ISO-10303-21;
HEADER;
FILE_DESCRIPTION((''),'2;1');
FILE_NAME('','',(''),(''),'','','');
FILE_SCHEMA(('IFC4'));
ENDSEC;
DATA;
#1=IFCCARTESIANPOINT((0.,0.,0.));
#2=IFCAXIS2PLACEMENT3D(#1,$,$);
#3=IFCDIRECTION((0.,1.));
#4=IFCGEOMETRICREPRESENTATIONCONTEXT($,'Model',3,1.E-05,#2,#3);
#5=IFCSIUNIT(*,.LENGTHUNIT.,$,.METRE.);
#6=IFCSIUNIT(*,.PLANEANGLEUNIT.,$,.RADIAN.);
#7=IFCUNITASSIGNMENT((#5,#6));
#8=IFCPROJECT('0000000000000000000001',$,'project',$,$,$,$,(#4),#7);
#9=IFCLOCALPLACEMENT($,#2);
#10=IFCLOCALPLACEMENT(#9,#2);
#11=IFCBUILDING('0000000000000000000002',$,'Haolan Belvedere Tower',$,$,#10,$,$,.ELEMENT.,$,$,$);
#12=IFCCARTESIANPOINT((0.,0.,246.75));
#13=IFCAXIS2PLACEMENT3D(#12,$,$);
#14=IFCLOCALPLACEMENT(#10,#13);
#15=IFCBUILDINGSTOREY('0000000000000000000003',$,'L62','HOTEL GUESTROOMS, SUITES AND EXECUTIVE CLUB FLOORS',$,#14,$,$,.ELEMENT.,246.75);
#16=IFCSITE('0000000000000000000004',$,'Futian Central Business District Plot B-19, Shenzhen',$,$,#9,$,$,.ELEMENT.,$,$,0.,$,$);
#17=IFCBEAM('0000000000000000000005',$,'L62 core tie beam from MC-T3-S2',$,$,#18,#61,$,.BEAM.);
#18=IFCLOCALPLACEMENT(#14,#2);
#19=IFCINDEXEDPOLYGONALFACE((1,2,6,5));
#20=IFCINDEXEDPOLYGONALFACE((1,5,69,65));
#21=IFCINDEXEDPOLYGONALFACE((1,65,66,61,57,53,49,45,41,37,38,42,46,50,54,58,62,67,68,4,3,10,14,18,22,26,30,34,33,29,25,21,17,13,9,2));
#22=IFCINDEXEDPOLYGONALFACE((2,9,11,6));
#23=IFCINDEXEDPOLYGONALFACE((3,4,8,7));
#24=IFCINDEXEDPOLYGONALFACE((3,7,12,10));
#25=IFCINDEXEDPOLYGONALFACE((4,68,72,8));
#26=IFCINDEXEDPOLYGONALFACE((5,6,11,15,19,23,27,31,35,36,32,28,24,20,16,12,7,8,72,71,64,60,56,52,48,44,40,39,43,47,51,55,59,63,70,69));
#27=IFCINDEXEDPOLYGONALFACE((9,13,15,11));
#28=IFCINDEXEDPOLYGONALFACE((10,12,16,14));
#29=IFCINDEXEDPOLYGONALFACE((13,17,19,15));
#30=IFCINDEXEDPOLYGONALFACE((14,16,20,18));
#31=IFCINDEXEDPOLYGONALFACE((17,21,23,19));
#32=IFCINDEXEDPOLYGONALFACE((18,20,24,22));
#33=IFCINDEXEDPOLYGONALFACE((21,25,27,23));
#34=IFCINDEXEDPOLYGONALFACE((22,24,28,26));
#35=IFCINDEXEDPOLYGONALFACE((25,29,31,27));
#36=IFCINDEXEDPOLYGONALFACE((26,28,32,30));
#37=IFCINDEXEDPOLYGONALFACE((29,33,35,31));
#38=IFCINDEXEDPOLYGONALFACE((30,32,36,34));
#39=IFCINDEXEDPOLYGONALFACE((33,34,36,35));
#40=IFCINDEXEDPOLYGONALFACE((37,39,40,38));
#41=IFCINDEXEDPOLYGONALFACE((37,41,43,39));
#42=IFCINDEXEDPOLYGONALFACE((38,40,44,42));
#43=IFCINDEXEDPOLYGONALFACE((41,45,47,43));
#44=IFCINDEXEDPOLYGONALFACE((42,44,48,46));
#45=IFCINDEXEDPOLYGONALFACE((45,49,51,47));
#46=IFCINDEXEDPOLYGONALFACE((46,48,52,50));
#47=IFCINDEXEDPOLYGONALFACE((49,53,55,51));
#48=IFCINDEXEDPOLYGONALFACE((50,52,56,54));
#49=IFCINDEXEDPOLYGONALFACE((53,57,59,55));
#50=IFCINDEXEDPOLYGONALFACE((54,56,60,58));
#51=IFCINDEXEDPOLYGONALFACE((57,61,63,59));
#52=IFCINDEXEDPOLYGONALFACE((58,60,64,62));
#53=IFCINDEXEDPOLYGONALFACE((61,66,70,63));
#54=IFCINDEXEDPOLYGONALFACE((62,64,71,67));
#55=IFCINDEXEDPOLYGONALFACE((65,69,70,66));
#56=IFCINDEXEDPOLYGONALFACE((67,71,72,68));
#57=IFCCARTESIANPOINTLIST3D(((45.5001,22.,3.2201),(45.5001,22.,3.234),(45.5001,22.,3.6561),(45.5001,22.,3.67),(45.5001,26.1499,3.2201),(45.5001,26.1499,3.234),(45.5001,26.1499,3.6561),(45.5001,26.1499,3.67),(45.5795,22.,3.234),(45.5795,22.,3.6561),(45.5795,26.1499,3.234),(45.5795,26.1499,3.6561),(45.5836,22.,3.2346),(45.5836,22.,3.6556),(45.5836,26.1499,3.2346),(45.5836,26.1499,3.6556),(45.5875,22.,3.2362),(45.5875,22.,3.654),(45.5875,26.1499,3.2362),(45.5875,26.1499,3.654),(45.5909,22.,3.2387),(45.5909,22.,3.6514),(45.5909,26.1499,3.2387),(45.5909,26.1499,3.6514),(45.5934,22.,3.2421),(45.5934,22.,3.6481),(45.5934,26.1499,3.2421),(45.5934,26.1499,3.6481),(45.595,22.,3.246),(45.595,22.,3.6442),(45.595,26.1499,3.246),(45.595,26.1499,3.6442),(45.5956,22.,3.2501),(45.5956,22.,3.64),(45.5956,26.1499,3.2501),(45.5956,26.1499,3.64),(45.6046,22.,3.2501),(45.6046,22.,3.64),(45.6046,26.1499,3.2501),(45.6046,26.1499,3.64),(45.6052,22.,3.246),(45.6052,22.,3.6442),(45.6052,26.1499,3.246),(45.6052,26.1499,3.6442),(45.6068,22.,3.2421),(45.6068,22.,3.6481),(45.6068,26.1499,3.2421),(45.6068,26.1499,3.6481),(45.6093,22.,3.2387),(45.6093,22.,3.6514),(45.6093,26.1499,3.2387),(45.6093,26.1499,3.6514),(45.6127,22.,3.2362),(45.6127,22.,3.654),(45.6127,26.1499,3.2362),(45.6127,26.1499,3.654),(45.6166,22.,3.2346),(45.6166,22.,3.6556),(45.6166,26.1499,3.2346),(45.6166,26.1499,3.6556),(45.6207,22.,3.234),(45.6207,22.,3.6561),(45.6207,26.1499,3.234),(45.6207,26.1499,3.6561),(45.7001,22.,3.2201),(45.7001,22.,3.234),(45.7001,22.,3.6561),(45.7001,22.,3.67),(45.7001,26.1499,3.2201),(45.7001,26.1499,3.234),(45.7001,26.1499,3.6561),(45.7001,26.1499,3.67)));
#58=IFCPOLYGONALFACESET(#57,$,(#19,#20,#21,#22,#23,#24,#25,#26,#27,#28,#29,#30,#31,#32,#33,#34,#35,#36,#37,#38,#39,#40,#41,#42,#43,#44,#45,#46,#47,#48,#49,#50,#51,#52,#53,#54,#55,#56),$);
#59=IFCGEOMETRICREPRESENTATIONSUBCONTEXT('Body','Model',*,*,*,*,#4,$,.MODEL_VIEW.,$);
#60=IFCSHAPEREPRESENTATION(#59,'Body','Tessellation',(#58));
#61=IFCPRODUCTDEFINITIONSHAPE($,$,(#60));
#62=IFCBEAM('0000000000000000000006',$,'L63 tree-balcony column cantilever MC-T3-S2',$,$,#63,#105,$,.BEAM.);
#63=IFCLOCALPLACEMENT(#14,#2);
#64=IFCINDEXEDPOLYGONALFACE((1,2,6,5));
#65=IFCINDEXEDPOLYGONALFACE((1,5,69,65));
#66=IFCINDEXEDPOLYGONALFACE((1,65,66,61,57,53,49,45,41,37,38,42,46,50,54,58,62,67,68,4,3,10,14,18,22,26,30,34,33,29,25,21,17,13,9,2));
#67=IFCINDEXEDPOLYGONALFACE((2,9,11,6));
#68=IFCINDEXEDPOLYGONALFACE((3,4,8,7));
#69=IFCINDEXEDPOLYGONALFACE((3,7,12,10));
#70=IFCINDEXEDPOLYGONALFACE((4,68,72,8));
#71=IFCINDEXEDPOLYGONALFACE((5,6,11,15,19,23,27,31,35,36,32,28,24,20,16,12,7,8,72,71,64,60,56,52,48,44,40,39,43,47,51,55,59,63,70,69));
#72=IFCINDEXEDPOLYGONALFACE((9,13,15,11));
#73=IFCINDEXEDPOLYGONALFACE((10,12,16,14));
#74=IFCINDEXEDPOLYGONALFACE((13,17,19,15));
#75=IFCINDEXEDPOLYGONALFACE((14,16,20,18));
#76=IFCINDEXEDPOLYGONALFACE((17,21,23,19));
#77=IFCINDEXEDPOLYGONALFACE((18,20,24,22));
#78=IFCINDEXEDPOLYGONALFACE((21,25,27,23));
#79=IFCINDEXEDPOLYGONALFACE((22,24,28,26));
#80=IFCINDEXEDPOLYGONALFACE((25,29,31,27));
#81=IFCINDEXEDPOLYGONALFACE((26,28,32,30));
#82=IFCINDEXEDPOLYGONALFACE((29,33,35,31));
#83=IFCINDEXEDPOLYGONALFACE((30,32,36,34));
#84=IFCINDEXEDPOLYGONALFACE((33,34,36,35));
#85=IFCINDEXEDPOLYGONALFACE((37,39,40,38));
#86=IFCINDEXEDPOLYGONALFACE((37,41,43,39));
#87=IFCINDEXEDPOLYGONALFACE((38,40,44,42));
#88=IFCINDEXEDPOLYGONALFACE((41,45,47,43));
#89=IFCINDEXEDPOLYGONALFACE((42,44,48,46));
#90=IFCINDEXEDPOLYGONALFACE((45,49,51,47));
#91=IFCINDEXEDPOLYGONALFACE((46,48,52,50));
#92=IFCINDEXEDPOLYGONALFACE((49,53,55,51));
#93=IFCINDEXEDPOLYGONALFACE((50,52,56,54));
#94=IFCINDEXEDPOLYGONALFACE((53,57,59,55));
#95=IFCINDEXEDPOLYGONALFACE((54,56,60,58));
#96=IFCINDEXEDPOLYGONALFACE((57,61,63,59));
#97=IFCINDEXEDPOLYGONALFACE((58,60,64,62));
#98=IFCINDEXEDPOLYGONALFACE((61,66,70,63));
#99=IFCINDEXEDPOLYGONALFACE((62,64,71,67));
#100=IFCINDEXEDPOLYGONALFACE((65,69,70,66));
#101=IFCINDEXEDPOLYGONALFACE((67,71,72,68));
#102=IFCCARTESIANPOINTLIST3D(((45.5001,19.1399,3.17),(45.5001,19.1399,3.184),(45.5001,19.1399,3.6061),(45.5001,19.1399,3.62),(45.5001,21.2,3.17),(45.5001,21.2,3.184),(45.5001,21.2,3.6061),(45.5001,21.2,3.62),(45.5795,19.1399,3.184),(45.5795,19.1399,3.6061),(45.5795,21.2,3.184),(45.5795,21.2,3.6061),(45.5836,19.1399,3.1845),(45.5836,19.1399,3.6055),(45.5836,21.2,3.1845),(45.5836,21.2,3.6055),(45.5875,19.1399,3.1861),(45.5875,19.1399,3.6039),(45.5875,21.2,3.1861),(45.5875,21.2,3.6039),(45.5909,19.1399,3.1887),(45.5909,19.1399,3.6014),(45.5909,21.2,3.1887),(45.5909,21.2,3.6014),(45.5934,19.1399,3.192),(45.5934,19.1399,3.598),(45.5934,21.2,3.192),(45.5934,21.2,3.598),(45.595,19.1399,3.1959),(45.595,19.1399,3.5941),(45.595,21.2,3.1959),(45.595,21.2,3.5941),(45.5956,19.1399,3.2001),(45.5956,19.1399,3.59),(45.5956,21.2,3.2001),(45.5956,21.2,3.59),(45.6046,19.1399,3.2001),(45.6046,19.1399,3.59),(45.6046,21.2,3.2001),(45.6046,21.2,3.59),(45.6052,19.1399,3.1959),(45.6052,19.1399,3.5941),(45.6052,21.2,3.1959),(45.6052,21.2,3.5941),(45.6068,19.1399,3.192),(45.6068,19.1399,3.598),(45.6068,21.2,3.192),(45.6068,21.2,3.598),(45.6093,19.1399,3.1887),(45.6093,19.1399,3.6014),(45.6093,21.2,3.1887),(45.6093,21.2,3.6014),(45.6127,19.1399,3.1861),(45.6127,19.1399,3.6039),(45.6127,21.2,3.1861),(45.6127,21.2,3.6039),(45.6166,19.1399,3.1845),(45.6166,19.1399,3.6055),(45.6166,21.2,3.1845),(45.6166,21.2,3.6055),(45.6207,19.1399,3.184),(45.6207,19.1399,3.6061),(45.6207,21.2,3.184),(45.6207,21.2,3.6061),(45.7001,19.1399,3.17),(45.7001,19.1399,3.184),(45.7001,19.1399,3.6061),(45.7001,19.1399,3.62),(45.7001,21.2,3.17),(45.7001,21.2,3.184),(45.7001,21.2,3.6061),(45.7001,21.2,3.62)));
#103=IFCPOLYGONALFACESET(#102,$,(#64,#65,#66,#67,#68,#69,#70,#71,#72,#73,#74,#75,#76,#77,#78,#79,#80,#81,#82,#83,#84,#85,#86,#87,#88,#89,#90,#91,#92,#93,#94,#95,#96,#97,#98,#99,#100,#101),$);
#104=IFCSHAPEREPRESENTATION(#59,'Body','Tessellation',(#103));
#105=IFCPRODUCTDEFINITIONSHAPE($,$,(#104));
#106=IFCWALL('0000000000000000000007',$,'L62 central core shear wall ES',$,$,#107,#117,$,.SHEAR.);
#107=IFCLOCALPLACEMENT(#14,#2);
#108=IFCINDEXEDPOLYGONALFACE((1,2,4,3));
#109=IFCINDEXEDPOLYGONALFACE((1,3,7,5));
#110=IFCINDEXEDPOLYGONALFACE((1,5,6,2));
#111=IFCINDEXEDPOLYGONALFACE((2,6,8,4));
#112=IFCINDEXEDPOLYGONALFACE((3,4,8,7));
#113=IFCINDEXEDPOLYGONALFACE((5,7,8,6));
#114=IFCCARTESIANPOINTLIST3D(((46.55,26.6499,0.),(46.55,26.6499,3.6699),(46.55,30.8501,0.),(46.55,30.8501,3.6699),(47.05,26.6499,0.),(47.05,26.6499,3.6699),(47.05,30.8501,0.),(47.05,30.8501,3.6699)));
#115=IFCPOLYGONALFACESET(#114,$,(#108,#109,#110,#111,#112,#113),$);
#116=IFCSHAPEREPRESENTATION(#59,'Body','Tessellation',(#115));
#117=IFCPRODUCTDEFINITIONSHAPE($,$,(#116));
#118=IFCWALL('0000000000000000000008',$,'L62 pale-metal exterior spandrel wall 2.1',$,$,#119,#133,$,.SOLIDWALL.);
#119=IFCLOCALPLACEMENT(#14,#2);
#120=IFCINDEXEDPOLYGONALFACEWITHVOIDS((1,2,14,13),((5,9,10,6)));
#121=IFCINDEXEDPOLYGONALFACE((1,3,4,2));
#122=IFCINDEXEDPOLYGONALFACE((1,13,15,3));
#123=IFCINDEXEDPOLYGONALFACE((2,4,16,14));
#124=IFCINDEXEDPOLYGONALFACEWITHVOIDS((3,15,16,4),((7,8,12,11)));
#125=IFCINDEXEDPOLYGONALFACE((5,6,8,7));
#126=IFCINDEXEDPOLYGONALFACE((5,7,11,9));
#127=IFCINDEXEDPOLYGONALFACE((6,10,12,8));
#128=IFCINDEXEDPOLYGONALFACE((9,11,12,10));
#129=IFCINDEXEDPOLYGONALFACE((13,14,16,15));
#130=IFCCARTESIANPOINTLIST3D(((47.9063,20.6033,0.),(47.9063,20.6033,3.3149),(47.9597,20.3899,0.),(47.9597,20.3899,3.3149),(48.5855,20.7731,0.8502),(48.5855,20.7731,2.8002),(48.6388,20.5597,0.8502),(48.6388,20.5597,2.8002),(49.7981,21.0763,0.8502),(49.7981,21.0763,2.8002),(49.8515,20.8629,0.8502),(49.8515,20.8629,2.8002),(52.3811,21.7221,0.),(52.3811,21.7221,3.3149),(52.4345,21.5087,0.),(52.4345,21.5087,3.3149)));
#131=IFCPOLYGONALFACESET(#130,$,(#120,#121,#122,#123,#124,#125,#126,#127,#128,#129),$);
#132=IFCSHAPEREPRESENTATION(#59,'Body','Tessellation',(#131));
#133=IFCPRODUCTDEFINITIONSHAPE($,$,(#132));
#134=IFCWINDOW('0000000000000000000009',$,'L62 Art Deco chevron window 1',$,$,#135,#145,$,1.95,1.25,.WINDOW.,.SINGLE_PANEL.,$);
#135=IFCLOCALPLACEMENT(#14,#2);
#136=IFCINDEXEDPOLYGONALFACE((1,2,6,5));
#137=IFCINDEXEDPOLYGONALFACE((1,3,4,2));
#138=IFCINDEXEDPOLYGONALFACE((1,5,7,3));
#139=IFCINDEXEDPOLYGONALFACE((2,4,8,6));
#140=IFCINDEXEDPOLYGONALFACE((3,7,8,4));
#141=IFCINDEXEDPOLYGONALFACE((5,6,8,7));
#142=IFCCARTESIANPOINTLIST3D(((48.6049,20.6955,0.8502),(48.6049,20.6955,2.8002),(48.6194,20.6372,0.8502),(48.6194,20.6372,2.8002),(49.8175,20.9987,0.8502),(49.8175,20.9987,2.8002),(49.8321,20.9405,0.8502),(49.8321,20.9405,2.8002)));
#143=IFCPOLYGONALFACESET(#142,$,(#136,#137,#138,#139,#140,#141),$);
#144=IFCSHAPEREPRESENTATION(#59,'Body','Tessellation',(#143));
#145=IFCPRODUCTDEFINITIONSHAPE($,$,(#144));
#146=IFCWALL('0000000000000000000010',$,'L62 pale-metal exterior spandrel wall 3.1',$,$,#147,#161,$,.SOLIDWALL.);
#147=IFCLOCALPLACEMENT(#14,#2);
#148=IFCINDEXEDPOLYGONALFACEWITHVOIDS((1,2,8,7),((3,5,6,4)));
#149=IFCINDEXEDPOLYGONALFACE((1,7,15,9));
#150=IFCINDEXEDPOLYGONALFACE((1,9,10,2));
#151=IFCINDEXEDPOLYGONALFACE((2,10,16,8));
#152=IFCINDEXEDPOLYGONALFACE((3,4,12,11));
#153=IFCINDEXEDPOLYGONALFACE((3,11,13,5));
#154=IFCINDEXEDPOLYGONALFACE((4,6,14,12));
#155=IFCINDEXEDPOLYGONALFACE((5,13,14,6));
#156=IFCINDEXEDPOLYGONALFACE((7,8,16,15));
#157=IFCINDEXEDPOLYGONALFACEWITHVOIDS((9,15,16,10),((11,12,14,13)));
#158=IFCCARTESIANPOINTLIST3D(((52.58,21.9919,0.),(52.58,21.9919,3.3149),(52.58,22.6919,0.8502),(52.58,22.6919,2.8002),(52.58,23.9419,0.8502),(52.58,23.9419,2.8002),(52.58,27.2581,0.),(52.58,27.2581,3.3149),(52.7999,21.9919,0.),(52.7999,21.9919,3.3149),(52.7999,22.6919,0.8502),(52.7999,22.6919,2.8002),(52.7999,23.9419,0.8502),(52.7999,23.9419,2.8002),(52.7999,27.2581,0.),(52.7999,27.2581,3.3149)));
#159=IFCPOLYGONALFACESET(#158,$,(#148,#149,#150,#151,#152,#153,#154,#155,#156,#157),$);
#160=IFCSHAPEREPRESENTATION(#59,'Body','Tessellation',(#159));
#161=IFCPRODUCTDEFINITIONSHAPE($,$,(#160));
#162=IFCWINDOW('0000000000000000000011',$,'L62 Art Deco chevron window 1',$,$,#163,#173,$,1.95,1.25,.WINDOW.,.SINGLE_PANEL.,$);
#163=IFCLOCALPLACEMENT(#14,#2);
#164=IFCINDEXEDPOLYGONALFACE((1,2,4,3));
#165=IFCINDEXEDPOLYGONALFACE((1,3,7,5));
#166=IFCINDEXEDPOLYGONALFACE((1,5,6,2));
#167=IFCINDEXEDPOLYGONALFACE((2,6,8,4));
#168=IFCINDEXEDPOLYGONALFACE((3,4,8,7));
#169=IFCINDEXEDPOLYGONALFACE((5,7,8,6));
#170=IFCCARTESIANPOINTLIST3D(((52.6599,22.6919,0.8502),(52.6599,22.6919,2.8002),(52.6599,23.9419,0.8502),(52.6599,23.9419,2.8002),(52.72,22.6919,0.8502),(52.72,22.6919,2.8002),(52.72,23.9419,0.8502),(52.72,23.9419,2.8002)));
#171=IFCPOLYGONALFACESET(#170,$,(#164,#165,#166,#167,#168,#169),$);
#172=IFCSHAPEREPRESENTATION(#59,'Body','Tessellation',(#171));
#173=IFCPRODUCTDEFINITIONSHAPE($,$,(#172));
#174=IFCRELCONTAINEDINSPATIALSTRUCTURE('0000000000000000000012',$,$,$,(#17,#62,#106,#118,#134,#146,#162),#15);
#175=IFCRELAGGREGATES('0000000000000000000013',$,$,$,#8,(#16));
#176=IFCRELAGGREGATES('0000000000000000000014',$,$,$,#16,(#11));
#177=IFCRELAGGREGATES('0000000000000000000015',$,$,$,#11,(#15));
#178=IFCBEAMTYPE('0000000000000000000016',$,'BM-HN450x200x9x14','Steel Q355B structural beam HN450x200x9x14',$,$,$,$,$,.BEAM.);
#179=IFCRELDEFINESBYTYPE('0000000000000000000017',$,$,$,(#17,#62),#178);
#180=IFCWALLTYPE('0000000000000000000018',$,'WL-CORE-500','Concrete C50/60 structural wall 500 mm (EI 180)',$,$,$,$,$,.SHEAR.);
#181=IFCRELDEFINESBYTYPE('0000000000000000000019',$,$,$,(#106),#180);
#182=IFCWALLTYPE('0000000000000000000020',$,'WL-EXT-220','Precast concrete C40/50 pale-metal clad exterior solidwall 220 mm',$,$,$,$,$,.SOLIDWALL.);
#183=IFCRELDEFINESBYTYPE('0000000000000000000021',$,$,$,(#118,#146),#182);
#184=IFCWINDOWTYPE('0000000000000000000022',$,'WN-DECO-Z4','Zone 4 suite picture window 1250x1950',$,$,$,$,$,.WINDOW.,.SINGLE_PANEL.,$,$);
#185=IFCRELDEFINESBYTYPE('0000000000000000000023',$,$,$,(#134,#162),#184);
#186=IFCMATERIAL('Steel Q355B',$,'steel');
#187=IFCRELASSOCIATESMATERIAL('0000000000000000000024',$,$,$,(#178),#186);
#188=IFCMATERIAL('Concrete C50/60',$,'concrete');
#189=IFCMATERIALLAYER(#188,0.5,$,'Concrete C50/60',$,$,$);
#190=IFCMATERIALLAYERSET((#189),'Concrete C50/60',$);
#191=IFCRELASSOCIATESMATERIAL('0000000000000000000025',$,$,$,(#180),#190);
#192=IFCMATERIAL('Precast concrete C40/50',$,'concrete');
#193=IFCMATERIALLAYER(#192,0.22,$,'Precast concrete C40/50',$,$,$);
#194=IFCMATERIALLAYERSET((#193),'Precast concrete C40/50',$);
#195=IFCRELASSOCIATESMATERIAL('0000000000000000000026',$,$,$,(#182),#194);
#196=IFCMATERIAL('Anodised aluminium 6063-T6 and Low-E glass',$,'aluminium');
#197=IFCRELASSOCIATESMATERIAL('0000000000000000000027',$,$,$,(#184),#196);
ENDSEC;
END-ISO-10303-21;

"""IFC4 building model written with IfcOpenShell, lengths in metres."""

from ifc_helpers import new_model, si_unit, direction, frame, frame_2d, origin, origin_2d, place, context, subcontext, project, spatial, rectangle, i_section, extrude, material, layer, layer_set, material_profile, profile_set, type_object, element, fill, save


model = new_model("IFC4")

# Units and contexts
model_context = context("Model", 3, precision=1e-05, world=origin(), true_north=direction((0.0, 1.0)))
body_context = subcontext(model_context, "Body", "Model", "MODEL_VIEW")
ifc_project = project(units=[si_unit("LENGTHUNIT", "METRE"), si_unit("PLANEANGLEUNIT", "RADIAN")], contexts=[model_context])

# Site, building, storey
site_placement = place(None, origin())
site = spatial("IfcSite", under=ifc_project, at=site_placement, Name="Futian Central Business District Plot B-19, Shenzhen", CompositionType="ELEMENT", RefElevation=0.0)
building_placement = place(site_placement, origin())
building = spatial("IfcBuilding", under=site, at=building_placement, Name="Haolan Belvedere Tower", CompositionType="ELEMENT")
storey_placement = place(building_placement, frame((0.0, 0.0, 246.75)))
storey = spatial("IfcBuildingStorey", under=building, at=storey_placement, Name="L62", Description="HOTEL GUESTROOMS, SUITES AND EXECUTIVE CLUB FLOORS", CompositionType="ELEMENT", Elevation=246.75)

# Beams
ifc_material_1 = material(Name="Steel Q355B", Category="steel")
ifc_material_profile_1 = material_profile(ifc_material_1, i_section(OverallWidth=0.2, OverallDepth=0.45, WebThickness=0.009, FlangeThickness=0.0139, FilletRadius=0.0161, at=origin_2d()), Name="Steel Q355B")
ifc_profile_set_1 = profile_set([ifc_material_profile_1], Name="Steel Q355B")
beam_type_1 = type_object("IfcBeamType", Name="BM-HN450x200x9x14", Description="Steel Q355B structural beam HN450x200x9x14", PredefinedType="BEAM", material=ifc_profile_set_1)
beam_1_placement = place(storey_placement, frame((45.6001, 22.0, 3.4451), z_axis=(0.0, 1.0, 0.0), x_axis=(-1.0, 0.0, 0.0)))
element("IfcBeam", 1, at=beam_1_placement, inside=storey, type_object=beam_type_1, Name="L62 core tie beam from MC-T3-S2", PredefinedType="BEAM", context=body_context, shape_type="SweptSolid", body=[
    extrude(i_section(OverallWidth=0.2, OverallDepth=0.45, WebThickness=0.009, FlangeThickness=0.0139, FilletRadius=0.0161, at=origin_2d()), origin(), (0.0, 0.0, 1.0), 4.1499),
])
beam_2_placement = place(storey_placement, frame((45.6001, 21.2, 3.395), z_axis=(0.0, -1.0, 0.0), x_axis=(1.0, 0.0, 0.0)))
element("IfcBeam", 2, at=beam_2_placement, inside=storey, type_object=beam_type_1, Name="L63 tree-balcony column cantilever MC-T3-S2", PredefinedType="BEAM", context=body_context, shape_type="SweptSolid", body=[
    extrude(i_section(OverallWidth=0.2, OverallDepth=0.45, WebThickness=0.009, FlangeThickness=0.0139, FilletRadius=0.0161, at=origin_2d()), origin(), (0.0, 0.0, 1.0), 2.0601),
])

# Wall
ifc_material_2 = material(Name="Concrete C50/60", Category="concrete")
ifc_layer_1 = layer(ifc_material_2, 0.5, Name="Concrete C50/60")
ifc_layer_set_1 = layer_set([ifc_layer_1], Name="Concrete C50/60")
wall_type_1 = type_object("IfcWallType", Name="WL-CORE-500", Description="Concrete C50/60 structural wall 500 mm (EI 180)", PredefinedType="SHEAR", material=ifc_layer_set_1)
wall_1_placement = place(storey_placement, frame((46.8, 26.6499, 0.0), z_axis=(0.0, 0.0, 1.0), x_axis=(0.0, 1.0, 0.0)))
element("IfcWall", 3, at=wall_1_placement, inside=storey, type_object=wall_type_1, Name="L62 central core shear wall ES", PredefinedType="SHEAR", context=body_context, shape_type="SweptSolid", body=[
    extrude(rectangle(XDim=4.2002, YDim=0.5, at=frame_2d((2.1001, 0.0))), origin(), (0.0, 0.0, 1.0), 3.6699),
])

# Walls, openings, windows
ifc_material_3 = material(Name="Precast concrete C40/50", Category="concrete")
ifc_layer_2 = layer(ifc_material_3, 0.22, Name="Precast concrete C40/50")
ifc_layer_set_2 = layer_set([ifc_layer_2], Name="Precast concrete C40/50")
wall_type_2 = type_object("IfcWallType", Name="WL-EXT-220", Description="Precast concrete C40/50 pale-metal clad exterior solidwall 220 mm", PredefinedType="SOLIDWALL", material=ifc_layer_set_2)
wall_2_placement = place(storey_placement, frame((47.9331, 20.4966, 0.0), z_axis=(0.0, 0.0, 1.0), x_axis=(0.970133, 0.242573, 0.0)))
wall_2 = element("IfcWall", 4, at=wall_2_placement, inside=storey, type_object=wall_type_2, Name="L62 pale-metal exterior spandrel wall 2.1", PredefinedType="SOLIDWALL", context=body_context, shape_type="SweptSolid", body=[
    extrude(rectangle(XDim=4.6125, YDim=0.22, at=frame_2d((2.3062, 0.0))), origin(), (0.0, 0.0, 1.0), 3.3149),
])
opening_1_placement = place(wall_2_placement, frame((0.7, 0.0, 0.8501)))
opening_1 = element("IfcOpeningElement", 5, at=opening_1_placement, cuts=wall_2, PredefinedType="OPENING", context=body_context, shape_type="SweptSolid", body=[
    extrude(rectangle(XDim=1.25, YDim=1.95, at=frame_2d((0.625, 0.9751))), frame((0.0, 0.1199, 0.0), z_axis=(0.0, -1.0, 0.0), x_axis=(1.0, 0.0, 0.0)), (0.0, 0.0, 1.0), 0.24),
])
ifc_material_4 = material(Name="Anodised aluminium 6063-T6 and Low-E glass", Category="aluminium")
window_type = type_object("IfcWindowType", Name="WN-DECO-Z4", Description="Zone 4 suite picture window 1250x1950", PartitioningType="SINGLE_PANEL", PredefinedType="WINDOW", material=ifc_material_4)
window_1_placement = place(opening_1_placement, origin())
window_1 = element("IfcWindow", 6, at=window_1_placement, inside=storey, type_object=window_type, Name="L62 Art Deco chevron window 1", OverallHeight=1.95, OverallWidth=1.25, PartitioningType="SINGLE_PANEL", PredefinedType="WINDOW", context=body_context, shape_type="SweptSolid", body=[
    extrude(rectangle(XDim=1.25, YDim=1.95, at=frame_2d((0.625, 0.9751))), frame((0.0, 0.03, 0.0), z_axis=(0.0, -1.0, 0.0), x_axis=(1.0, 0.0, 0.0)), (0.0, 0.0, 1.0), 0.0601),
])
fill(opening_1, window_1)
wall_3_placement = place(storey_placement, frame((52.6899, 21.9919, 0.0), z_axis=(0.0, 0.0, 1.0), x_axis=(0.0, 1.0, 0.0)))
wall_3 = element("IfcWall", 7, at=wall_3_placement, inside=storey, type_object=wall_type_2, Name="L62 pale-metal exterior spandrel wall 3.1", PredefinedType="SOLIDWALL", context=body_context, shape_type="SweptSolid", body=[
    extrude(rectangle(XDim=5.2661, YDim=0.22, at=frame_2d((2.6331, 0.0))), origin(), (0.0, 0.0, 1.0), 3.3149),
])
opening_2_placement = place(wall_3_placement, frame((0.7, 0.0, 0.8501)))
opening_2 = element("IfcOpeningElement", 8, at=opening_2_placement, cuts=wall_3, PredefinedType="OPENING", context=body_context, shape_type="SweptSolid", body=[
    extrude(rectangle(XDim=1.25, YDim=1.95, at=frame_2d((0.625, 0.9751))), frame((0.0, 0.1199, 0.0), z_axis=(0.0, -1.0, 0.0), x_axis=(1.0, 0.0, 0.0)), (0.0, 0.0, 1.0), 0.24),
])
window_2_placement = place(opening_2_placement, origin())
window_2 = element("IfcWindow", 9, at=window_2_placement, inside=storey, type_object=window_type, Name="L62 Art Deco chevron window 1", OverallHeight=1.95, OverallWidth=1.25, PartitioningType="SINGLE_PANEL", PredefinedType="WINDOW", context=body_context, shape_type="SweptSolid", body=[
    extrude(rectangle(XDim=1.25, YDim=1.95, at=frame_2d((0.625, 0.9751))), frame((0.0, 0.03, 0.0), z_axis=(0.0, -1.0, 0.0), x_axis=(1.0, 0.0, 0.0)), (0.0, 0.0, 1.0), 0.0601),
])
fill(opening_2, window_2)

save(model, "model.ifc")
